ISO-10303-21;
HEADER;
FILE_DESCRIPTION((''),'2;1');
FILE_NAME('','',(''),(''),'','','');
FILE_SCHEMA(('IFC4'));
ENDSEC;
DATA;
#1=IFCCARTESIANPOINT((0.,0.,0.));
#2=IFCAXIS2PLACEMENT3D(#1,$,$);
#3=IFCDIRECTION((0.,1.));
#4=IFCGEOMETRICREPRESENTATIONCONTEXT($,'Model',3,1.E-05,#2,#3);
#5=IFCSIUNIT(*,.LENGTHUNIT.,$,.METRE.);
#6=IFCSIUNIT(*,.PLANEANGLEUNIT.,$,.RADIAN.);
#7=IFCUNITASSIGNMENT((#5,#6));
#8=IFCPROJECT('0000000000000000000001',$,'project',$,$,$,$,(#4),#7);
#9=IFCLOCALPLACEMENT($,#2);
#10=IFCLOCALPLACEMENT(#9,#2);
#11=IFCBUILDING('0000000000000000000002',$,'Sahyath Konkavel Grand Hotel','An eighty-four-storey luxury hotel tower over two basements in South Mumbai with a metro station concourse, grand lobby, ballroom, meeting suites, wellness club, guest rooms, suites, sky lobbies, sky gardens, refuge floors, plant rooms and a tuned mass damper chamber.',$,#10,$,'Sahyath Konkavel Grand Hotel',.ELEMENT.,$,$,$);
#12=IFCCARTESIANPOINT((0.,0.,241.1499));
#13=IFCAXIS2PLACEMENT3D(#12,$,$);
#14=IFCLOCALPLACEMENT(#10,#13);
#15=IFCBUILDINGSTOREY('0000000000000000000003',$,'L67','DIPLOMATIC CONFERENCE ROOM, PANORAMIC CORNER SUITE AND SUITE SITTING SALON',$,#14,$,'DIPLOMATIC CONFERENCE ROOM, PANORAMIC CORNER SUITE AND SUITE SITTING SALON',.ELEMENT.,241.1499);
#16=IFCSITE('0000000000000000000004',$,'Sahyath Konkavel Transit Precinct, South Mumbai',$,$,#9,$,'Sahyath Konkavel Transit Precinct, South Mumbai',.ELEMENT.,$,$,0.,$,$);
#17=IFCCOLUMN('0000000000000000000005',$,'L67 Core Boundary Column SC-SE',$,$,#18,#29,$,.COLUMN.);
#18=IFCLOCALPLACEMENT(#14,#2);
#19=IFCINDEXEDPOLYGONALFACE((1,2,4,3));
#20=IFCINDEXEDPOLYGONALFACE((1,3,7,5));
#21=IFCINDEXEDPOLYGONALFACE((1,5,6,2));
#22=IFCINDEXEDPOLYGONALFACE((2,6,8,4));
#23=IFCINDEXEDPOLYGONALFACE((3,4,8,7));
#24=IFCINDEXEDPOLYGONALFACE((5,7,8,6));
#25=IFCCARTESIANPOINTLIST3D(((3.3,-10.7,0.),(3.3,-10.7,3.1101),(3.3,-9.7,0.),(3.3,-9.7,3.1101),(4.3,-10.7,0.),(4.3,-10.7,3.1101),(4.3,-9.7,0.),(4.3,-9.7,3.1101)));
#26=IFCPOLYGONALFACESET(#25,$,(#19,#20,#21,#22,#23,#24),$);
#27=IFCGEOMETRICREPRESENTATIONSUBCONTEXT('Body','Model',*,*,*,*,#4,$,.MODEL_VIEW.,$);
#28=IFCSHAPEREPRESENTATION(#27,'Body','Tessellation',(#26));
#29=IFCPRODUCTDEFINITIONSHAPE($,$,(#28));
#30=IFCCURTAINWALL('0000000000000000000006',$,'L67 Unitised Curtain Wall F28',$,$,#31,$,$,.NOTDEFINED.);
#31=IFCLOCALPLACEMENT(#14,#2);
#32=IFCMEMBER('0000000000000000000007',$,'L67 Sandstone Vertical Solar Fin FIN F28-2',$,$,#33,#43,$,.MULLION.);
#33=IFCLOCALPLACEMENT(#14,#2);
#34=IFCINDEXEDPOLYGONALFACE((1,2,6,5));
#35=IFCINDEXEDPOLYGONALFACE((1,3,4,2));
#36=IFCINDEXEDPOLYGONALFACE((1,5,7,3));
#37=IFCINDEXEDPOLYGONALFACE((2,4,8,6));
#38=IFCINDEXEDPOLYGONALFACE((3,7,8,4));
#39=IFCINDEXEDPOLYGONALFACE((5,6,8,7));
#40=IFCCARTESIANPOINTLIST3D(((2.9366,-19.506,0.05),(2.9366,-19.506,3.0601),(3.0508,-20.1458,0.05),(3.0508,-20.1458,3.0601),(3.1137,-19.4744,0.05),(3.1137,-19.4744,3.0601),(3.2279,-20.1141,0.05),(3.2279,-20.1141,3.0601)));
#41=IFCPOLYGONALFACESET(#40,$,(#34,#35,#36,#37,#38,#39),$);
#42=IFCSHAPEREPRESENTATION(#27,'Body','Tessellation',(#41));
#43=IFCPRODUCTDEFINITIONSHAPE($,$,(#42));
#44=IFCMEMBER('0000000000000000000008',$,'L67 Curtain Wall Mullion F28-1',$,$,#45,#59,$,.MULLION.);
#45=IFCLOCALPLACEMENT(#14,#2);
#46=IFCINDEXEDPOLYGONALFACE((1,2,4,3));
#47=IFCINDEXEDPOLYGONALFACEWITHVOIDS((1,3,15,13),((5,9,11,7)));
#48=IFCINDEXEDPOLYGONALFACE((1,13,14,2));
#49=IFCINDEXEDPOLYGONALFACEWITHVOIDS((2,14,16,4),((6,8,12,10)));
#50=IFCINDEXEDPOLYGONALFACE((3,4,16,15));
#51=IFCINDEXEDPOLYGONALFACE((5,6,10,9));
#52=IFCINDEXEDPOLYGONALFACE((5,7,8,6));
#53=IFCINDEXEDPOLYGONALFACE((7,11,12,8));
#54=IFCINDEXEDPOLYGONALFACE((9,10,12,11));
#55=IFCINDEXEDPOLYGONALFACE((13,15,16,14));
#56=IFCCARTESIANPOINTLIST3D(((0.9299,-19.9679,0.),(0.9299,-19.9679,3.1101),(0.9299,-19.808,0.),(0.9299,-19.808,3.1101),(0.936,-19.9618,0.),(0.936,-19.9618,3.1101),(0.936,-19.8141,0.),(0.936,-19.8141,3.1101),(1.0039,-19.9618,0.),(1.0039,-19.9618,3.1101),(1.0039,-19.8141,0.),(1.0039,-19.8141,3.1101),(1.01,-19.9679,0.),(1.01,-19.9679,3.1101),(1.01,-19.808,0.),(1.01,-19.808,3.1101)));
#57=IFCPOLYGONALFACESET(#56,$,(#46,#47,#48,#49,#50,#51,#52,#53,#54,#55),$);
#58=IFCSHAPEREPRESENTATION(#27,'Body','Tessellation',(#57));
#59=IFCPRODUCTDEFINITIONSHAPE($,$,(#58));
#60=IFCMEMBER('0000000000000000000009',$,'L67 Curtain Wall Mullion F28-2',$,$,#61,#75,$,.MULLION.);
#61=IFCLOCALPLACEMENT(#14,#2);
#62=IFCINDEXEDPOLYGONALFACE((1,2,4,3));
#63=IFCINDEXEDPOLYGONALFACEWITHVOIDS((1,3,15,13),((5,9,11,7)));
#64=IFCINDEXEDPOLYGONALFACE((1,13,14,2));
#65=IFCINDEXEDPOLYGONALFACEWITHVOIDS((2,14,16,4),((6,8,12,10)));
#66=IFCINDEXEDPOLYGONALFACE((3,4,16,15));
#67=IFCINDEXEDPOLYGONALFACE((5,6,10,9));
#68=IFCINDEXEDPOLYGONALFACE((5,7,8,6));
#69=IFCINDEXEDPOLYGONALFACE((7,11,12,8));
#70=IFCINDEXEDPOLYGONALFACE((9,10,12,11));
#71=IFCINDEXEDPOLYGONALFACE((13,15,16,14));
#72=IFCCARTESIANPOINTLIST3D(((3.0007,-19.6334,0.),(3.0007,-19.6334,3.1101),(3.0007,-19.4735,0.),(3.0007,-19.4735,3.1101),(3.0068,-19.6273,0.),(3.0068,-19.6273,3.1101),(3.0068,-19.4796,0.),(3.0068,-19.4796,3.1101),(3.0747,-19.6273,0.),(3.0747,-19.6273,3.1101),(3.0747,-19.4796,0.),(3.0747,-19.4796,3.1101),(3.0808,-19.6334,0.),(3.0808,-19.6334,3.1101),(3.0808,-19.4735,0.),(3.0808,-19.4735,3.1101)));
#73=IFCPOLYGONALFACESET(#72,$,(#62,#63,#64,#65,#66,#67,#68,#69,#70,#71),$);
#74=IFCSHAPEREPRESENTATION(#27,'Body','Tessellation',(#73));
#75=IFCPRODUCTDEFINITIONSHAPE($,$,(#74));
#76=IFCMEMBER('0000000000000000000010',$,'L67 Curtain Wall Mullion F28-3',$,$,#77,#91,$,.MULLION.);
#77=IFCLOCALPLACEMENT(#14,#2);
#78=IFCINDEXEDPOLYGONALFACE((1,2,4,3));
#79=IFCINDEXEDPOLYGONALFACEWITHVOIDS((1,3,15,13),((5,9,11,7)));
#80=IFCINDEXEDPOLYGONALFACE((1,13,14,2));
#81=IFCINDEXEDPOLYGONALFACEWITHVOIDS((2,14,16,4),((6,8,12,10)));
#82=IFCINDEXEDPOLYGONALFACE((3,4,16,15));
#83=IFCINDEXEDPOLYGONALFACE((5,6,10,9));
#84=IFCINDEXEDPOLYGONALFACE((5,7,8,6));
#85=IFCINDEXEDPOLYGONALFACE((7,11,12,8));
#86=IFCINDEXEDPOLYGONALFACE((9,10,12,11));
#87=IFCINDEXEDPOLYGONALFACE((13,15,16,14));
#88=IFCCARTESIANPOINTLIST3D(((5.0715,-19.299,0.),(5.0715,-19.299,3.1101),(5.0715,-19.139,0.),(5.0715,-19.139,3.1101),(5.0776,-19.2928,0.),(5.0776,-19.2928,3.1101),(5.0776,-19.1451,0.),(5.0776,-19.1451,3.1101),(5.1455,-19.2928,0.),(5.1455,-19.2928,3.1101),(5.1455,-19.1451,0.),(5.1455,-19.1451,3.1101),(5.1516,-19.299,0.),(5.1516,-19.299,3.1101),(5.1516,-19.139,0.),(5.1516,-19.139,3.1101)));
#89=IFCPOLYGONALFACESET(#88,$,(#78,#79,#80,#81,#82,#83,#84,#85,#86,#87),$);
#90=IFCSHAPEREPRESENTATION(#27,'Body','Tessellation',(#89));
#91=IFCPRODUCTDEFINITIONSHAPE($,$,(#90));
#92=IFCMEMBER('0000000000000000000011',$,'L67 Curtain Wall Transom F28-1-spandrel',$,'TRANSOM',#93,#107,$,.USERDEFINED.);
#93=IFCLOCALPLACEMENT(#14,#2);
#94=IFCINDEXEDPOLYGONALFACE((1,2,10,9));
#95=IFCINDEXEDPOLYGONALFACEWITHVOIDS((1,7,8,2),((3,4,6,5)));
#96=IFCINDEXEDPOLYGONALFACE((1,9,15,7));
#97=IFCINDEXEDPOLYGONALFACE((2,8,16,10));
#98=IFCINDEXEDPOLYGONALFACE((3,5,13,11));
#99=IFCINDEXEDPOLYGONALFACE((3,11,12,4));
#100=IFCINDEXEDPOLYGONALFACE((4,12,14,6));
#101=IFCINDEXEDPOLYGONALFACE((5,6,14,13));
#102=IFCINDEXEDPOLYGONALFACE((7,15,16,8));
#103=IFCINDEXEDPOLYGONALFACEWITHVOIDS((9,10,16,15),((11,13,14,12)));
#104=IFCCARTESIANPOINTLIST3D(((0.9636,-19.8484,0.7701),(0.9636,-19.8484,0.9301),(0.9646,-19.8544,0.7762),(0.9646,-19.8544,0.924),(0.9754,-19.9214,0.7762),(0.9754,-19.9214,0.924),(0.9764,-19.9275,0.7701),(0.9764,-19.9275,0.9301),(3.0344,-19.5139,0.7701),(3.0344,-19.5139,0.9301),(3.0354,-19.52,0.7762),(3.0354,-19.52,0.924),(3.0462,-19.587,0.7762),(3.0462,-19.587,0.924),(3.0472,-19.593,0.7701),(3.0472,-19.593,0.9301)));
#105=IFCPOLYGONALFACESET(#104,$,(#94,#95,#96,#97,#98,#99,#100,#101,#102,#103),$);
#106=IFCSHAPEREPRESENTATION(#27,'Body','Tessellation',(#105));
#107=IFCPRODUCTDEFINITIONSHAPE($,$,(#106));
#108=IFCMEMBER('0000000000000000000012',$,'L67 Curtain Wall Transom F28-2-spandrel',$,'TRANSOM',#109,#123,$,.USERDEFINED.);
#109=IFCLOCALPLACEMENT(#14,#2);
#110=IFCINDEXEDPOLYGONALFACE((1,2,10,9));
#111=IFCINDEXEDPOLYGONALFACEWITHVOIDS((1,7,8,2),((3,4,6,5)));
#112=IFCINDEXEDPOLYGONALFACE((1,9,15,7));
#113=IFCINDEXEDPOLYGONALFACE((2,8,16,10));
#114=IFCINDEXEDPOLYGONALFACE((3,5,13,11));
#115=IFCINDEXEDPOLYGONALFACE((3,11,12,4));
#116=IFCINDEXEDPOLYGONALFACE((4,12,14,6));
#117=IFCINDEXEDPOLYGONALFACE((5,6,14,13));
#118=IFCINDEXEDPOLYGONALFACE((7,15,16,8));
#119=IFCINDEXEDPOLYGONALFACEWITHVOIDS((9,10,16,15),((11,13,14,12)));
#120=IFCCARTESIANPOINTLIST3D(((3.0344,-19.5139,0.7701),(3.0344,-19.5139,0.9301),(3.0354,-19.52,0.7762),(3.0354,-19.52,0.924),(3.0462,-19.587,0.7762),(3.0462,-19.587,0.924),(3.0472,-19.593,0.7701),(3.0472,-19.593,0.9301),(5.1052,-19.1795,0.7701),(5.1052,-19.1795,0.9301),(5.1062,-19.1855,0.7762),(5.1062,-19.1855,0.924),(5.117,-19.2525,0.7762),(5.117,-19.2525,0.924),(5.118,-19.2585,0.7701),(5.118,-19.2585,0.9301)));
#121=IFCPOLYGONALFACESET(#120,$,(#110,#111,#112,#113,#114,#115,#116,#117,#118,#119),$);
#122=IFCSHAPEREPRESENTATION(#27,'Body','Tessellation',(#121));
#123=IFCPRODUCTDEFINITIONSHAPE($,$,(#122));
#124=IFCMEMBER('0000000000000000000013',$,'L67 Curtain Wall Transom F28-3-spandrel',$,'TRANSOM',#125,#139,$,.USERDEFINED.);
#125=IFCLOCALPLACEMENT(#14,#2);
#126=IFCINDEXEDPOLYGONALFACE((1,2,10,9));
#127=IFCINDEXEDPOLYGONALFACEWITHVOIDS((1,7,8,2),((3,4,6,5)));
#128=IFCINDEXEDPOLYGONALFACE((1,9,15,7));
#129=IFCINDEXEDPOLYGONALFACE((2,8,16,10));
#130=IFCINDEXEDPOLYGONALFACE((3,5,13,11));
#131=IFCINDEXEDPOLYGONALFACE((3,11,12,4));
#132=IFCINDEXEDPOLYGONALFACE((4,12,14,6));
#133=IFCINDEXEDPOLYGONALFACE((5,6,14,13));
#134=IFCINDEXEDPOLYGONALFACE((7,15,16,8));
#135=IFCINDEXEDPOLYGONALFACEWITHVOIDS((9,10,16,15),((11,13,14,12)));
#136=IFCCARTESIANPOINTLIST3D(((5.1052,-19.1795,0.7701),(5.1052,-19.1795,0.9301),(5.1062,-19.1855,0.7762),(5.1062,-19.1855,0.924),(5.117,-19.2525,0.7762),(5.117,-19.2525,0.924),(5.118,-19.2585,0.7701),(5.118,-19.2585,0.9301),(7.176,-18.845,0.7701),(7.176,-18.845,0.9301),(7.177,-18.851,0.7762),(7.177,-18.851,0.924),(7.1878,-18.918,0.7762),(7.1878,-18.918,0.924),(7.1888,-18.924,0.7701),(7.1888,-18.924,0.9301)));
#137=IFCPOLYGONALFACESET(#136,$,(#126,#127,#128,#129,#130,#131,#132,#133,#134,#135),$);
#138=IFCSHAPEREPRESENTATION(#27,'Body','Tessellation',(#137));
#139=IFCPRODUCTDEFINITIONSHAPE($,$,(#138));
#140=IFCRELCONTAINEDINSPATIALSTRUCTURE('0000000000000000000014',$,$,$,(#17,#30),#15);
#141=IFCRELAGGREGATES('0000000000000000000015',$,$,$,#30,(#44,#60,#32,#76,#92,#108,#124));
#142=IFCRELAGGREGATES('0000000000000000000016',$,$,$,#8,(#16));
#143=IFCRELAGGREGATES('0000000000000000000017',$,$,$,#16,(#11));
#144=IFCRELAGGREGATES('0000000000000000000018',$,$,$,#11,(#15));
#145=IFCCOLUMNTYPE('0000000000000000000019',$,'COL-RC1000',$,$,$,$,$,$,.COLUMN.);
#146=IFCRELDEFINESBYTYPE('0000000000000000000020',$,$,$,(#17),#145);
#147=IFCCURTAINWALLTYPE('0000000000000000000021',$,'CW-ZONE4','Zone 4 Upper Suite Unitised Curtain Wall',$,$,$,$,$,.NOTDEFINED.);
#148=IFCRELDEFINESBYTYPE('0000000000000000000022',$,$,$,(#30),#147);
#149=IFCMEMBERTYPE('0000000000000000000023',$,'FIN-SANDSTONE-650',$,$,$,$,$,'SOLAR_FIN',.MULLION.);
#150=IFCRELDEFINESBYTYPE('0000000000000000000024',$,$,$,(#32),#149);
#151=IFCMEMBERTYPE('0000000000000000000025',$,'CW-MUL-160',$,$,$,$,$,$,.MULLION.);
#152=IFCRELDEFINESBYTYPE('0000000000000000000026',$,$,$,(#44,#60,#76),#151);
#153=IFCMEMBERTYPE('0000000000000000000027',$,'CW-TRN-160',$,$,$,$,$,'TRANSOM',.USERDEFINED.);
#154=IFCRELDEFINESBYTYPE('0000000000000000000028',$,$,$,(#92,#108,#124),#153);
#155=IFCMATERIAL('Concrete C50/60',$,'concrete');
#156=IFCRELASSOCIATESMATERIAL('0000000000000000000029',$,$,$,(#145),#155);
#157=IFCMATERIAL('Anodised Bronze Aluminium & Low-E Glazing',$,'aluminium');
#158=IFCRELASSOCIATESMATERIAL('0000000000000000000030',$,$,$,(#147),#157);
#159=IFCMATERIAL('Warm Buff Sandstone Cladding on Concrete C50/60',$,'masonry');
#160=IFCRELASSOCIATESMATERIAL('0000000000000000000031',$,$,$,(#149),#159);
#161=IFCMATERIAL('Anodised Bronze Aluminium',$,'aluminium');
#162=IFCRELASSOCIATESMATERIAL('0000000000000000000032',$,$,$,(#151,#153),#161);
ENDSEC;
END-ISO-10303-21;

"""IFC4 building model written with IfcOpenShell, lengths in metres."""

from ifc_helpers import new_model, si_unit, direction, frame, origin, origin_2d, place, context, subcontext, project, spatial, rectangle, hollow_rectangle, extrude, source, transform, mapped, material, material_profile, profile_set, type_object, element, aggregate, save


model = new_model("IFC4")

# Units and contexts
model_context = context("Model", 3, precision=1e-05, world=origin(), true_north=direction((0.0, 1.0)))
body_context = subcontext(model_context, "Body", "Model", "MODEL_VIEW")
ifc_project = project(units=[si_unit("LENGTHUNIT", "METRE"), si_unit("PLANEANGLEUNIT", "RADIAN")], contexts=[model_context])

# Site, building, storey
site_placement = place(None, origin())
site = spatial("IfcSite", under=ifc_project, at=site_placement, Name="Sahyath Konkavel Transit Precinct, South Mumbai", LongName="Sahyath Konkavel Transit Precinct, South Mumbai", CompositionType="ELEMENT", RefElevation=0.0)
building_placement = place(site_placement, origin())
building = spatial("IfcBuilding", under=site, at=building_placement, Name="Sahyath Konkavel Grand Hotel", Description="An eighty-four-storey luxury hotel tower over two basements in South Mumbai with a metro station concourse, grand lobby, ballroom, meeting suites, wellness club, guest rooms, suites, sky lobbies, sky gardens, refuge floors, plant rooms and a tuned mass damper chamber.", LongName="Sahyath Konkavel Grand Hotel", CompositionType="ELEMENT")
storey_placement = place(building_placement, frame((0.0, 0.0, 241.1499)))
storey = spatial("IfcBuildingStorey", under=building, at=storey_placement, Name="L67", Description="DIPLOMATIC CONFERENCE ROOM, PANORAMIC CORNER SUITE AND SUITE SITTING SALON", LongName="DIPLOMATIC CONFERENCE ROOM, PANORAMIC CORNER SUITE AND SUITE SITTING SALON", CompositionType="ELEMENT", Elevation=241.1499)

# Column
ifc_material_1 = material(Name="Concrete C50/60", Category="concrete")
ifc_material_profile_1 = material_profile(ifc_material_1, rectangle(XDim=1.0, YDim=1.0, at=origin_2d()), Name="RC 1000x1000")
ifc_profile_set_1 = profile_set([ifc_material_profile_1], Name="Concrete C50/60")
column_type = type_object("IfcColumnType", Name="COL-RC1000", PredefinedType="COLUMN", material=ifc_profile_set_1)
shared_shape_1 = source(origin(), body_context, "Body", "SweptSolid", [
    extrude(rectangle(XDim=1.0, YDim=1.0, at=origin_2d()), origin(), (0.0, 0.0, 1.0), 3.1101),
])
column_placement = place(storey_placement, frame((3.8, -10.2, 0.0), z_axis=(0.0, 0.0, 1.0), x_axis=(1.0, 0.0, 0.0)))
element("IfcColumn", 1, at=column_placement, inside=storey, type_object=column_type, Name="L67 Core Boundary Column SC-SE", PredefinedType="COLUMN", context=body_context, shape_type="MappedRepresentation", body=[
    mapped(shared_shape_1, transform((0.0, 0.0, 0.0), scale=1.0)),
])

# Curtain wall, members
ifc_material_2 = material(Name="Anodised Bronze Aluminium & Low-E Glazing", Category="aluminium")
curtain_wall_type = type_object("IfcCurtainWallType", Name="CW-ZONE4", Description="Zone 4 Upper Suite Unitised Curtain Wall", PredefinedType="NOTDEFINED", material=ifc_material_2)
curtain_wall_placement = place(storey_placement, origin())
curtain_wall = element("IfcCurtainWall", 2, at=curtain_wall_placement, inside=storey, type_object=curtain_wall_type, Name="L67 Unitised Curtain Wall F28", PredefinedType="NOTDEFINED")
ifc_material_3 = material(Name="Warm Buff Sandstone Cladding on Concrete C50/60", Category="masonry")
ifc_material_profile_2 = material_profile(ifc_material_3, rectangle(XDim=0.1799, YDim=0.6499, at=origin_2d()), Name="FIN 180x650")
ifc_profile_set_2 = profile_set([ifc_material_profile_2], Name="Warm Buff Sandstone Cladding on Concrete C50/60")
member_type_1 = type_object("IfcMemberType", Name="FIN-SANDSTONE-650", ElementType="SOLAR_FIN", PredefinedType="MULLION", material=ifc_profile_set_2)
shared_shape_2 = source(origin(), body_context, "Body", "SweptSolid", [
    extrude(rectangle(XDim=0.1799, YDim=0.6499, at=origin_2d()), origin(), (0.0, 0.0, 1.0), 3.01),
])
member_1_placement = place(storey_placement, frame((3.0823, -19.8101, 0.05), z_axis=(0.0, 0.0, 1.0), x_axis=(0.984442, 0.17571, 0.0)))
member_1 = element("IfcMember", 3, at=member_1_placement, type_object=member_type_1, Name="L67 Sandstone Vertical Solar Fin FIN F28-2", PredefinedType="MULLION", context=body_context, shape_type="MappedRepresentation", body=[
    mapped(shared_shape_2, transform((0.0, 0.0, 0.0), scale=1.0)),
])
ifc_material_4 = material(Name="Anodised Bronze Aluminium", Category="aluminium")
ifc_material_profile_3 = material_profile(ifc_material_4, hollow_rectangle(XDim=0.0801, YDim=0.1599, WallThickness=0.0061, at=origin_2d()), Name="RHS 160x80x6")
ifc_profile_set_3 = profile_set([ifc_material_profile_3], Name="Anodised Bronze Aluminium")
member_type_2 = type_object("IfcMemberType", Name="CW-MUL-160", PredefinedType="MULLION", material=ifc_profile_set_3)
shared_shape_3 = source(origin(), body_context, "Body", "SweptSolid", [
    extrude(hollow_rectangle(XDim=0.0801, YDim=0.1599, WallThickness=0.0061, at=origin_2d()), origin(), (0.0, 0.0, 1.0), 3.1101),
])
member_2_placement = place(storey_placement, frame((0.97, -19.8879, 0.0), z_axis=(0.0, 0.0, 1.0), x_axis=(1.0, 0.0, 0.0)))
member_2 = element("IfcMember", 4, at=member_2_placement, type_object=member_type_2, Name="L67 Curtain Wall Mullion F28-1", PredefinedType="MULLION", context=body_context, shape_type="MappedRepresentation", body=[
    mapped(shared_shape_3, transform((0.0, 0.0, 0.0), scale=1.0)),
])
member_3_placement = place(storey_placement, frame((3.0408, -19.5535, 0.0), z_axis=(0.0, 0.0, 1.0), x_axis=(1.0, 0.0, 0.0)))
member_3 = element("IfcMember", 5, at=member_3_placement, type_object=member_type_2, Name="L67 Curtain Wall Mullion F28-2", PredefinedType="MULLION", context=body_context, shape_type="MappedRepresentation", body=[
    mapped(shared_shape_3, transform((0.0, 0.0, 0.0), scale=1.0)),
])
member_4_placement = place(storey_placement, frame((5.1116, -19.219, 0.0), z_axis=(0.0, 0.0, 1.0), x_axis=(1.0, 0.0, 0.0)))
member_4 = element("IfcMember", 6, at=member_4_placement, type_object=member_type_2, Name="L67 Curtain Wall Mullion F28-3", PredefinedType="MULLION", context=body_context, shape_type="MappedRepresentation", body=[
    mapped(shared_shape_3, transform((0.0, 0.0, 0.0), scale=1.0)),
])
ifc_material_profile_4 = material_profile(ifc_material_4, hollow_rectangle(XDim=0.0801, YDim=0.1599, WallThickness=0.0061, at=origin_2d()), Name="RHS 160x80x6")
ifc_profile_set_4 = profile_set([ifc_material_profile_4], Name="Anodised Bronze Aluminium")
member_type_3 = type_object("IfcMemberType", Name="CW-TRN-160", ElementType="TRANSOM", PredefinedType="USERDEFINED", material=ifc_profile_set_4)
shared_shape_4 = source(origin(), body_context, "Body", "SweptSolid", [
    extrude(hollow_rectangle(XDim=0.0801, YDim=0.1599, WallThickness=0.0061, at=origin_2d()), origin(), (0.0, 0.0, 1.0), 2.0977),
])
member_5_placement = place(storey_placement, frame((0.97, -19.8879, 0.8501), z_axis=(0.987206, 0.159452, 0.0), x_axis=(-0.159452, 0.987206, 0.0)))
member_5 = element("IfcMember", 7, at=member_5_placement, type_object=member_type_3, Name="L67 Curtain Wall Transom F28-1-spandrel", ObjectType="TRANSOM", PredefinedType="USERDEFINED", context=body_context, shape_type="MappedRepresentation", body=[
    mapped(shared_shape_4, transform((0.0, 0.0, 0.0), scale=1.0)),
])
member_6_placement = place(storey_placement, frame((3.0408, -19.5535, 0.8501), z_axis=(0.987206, 0.159452, 0.0), x_axis=(-0.159452, 0.987206, 0.0)))
member_6 = element("IfcMember", 8, at=member_6_placement, type_object=member_type_3, Name="L67 Curtain Wall Transom F28-2-spandrel", ObjectType="TRANSOM", PredefinedType="USERDEFINED", context=body_context, shape_type="MappedRepresentation", body=[
    mapped(shared_shape_4, transform((0.0, 0.0, 0.0), scale=1.0)),
])
member_7_placement = place(storey_placement, frame((5.1116, -19.219, 0.8501), z_axis=(0.987206, 0.159452, 0.0), x_axis=(-0.159452, 0.987206, 0.0)))
member_7 = element("IfcMember", 9, at=member_7_placement, type_object=member_type_3, Name="L67 Curtain Wall Transom F28-3-spandrel", ObjectType="TRANSOM", PredefinedType="USERDEFINED", context=body_context, shape_type="MappedRepresentation", body=[
    mapped(shared_shape_4, transform((0.0, 0.0, 0.0), scale=1.0)),
])

aggregate(curtain_wall, [member_2, member_3, member_1, member_4, member_5, member_6, member_7])

save(model, "model.ifc")
